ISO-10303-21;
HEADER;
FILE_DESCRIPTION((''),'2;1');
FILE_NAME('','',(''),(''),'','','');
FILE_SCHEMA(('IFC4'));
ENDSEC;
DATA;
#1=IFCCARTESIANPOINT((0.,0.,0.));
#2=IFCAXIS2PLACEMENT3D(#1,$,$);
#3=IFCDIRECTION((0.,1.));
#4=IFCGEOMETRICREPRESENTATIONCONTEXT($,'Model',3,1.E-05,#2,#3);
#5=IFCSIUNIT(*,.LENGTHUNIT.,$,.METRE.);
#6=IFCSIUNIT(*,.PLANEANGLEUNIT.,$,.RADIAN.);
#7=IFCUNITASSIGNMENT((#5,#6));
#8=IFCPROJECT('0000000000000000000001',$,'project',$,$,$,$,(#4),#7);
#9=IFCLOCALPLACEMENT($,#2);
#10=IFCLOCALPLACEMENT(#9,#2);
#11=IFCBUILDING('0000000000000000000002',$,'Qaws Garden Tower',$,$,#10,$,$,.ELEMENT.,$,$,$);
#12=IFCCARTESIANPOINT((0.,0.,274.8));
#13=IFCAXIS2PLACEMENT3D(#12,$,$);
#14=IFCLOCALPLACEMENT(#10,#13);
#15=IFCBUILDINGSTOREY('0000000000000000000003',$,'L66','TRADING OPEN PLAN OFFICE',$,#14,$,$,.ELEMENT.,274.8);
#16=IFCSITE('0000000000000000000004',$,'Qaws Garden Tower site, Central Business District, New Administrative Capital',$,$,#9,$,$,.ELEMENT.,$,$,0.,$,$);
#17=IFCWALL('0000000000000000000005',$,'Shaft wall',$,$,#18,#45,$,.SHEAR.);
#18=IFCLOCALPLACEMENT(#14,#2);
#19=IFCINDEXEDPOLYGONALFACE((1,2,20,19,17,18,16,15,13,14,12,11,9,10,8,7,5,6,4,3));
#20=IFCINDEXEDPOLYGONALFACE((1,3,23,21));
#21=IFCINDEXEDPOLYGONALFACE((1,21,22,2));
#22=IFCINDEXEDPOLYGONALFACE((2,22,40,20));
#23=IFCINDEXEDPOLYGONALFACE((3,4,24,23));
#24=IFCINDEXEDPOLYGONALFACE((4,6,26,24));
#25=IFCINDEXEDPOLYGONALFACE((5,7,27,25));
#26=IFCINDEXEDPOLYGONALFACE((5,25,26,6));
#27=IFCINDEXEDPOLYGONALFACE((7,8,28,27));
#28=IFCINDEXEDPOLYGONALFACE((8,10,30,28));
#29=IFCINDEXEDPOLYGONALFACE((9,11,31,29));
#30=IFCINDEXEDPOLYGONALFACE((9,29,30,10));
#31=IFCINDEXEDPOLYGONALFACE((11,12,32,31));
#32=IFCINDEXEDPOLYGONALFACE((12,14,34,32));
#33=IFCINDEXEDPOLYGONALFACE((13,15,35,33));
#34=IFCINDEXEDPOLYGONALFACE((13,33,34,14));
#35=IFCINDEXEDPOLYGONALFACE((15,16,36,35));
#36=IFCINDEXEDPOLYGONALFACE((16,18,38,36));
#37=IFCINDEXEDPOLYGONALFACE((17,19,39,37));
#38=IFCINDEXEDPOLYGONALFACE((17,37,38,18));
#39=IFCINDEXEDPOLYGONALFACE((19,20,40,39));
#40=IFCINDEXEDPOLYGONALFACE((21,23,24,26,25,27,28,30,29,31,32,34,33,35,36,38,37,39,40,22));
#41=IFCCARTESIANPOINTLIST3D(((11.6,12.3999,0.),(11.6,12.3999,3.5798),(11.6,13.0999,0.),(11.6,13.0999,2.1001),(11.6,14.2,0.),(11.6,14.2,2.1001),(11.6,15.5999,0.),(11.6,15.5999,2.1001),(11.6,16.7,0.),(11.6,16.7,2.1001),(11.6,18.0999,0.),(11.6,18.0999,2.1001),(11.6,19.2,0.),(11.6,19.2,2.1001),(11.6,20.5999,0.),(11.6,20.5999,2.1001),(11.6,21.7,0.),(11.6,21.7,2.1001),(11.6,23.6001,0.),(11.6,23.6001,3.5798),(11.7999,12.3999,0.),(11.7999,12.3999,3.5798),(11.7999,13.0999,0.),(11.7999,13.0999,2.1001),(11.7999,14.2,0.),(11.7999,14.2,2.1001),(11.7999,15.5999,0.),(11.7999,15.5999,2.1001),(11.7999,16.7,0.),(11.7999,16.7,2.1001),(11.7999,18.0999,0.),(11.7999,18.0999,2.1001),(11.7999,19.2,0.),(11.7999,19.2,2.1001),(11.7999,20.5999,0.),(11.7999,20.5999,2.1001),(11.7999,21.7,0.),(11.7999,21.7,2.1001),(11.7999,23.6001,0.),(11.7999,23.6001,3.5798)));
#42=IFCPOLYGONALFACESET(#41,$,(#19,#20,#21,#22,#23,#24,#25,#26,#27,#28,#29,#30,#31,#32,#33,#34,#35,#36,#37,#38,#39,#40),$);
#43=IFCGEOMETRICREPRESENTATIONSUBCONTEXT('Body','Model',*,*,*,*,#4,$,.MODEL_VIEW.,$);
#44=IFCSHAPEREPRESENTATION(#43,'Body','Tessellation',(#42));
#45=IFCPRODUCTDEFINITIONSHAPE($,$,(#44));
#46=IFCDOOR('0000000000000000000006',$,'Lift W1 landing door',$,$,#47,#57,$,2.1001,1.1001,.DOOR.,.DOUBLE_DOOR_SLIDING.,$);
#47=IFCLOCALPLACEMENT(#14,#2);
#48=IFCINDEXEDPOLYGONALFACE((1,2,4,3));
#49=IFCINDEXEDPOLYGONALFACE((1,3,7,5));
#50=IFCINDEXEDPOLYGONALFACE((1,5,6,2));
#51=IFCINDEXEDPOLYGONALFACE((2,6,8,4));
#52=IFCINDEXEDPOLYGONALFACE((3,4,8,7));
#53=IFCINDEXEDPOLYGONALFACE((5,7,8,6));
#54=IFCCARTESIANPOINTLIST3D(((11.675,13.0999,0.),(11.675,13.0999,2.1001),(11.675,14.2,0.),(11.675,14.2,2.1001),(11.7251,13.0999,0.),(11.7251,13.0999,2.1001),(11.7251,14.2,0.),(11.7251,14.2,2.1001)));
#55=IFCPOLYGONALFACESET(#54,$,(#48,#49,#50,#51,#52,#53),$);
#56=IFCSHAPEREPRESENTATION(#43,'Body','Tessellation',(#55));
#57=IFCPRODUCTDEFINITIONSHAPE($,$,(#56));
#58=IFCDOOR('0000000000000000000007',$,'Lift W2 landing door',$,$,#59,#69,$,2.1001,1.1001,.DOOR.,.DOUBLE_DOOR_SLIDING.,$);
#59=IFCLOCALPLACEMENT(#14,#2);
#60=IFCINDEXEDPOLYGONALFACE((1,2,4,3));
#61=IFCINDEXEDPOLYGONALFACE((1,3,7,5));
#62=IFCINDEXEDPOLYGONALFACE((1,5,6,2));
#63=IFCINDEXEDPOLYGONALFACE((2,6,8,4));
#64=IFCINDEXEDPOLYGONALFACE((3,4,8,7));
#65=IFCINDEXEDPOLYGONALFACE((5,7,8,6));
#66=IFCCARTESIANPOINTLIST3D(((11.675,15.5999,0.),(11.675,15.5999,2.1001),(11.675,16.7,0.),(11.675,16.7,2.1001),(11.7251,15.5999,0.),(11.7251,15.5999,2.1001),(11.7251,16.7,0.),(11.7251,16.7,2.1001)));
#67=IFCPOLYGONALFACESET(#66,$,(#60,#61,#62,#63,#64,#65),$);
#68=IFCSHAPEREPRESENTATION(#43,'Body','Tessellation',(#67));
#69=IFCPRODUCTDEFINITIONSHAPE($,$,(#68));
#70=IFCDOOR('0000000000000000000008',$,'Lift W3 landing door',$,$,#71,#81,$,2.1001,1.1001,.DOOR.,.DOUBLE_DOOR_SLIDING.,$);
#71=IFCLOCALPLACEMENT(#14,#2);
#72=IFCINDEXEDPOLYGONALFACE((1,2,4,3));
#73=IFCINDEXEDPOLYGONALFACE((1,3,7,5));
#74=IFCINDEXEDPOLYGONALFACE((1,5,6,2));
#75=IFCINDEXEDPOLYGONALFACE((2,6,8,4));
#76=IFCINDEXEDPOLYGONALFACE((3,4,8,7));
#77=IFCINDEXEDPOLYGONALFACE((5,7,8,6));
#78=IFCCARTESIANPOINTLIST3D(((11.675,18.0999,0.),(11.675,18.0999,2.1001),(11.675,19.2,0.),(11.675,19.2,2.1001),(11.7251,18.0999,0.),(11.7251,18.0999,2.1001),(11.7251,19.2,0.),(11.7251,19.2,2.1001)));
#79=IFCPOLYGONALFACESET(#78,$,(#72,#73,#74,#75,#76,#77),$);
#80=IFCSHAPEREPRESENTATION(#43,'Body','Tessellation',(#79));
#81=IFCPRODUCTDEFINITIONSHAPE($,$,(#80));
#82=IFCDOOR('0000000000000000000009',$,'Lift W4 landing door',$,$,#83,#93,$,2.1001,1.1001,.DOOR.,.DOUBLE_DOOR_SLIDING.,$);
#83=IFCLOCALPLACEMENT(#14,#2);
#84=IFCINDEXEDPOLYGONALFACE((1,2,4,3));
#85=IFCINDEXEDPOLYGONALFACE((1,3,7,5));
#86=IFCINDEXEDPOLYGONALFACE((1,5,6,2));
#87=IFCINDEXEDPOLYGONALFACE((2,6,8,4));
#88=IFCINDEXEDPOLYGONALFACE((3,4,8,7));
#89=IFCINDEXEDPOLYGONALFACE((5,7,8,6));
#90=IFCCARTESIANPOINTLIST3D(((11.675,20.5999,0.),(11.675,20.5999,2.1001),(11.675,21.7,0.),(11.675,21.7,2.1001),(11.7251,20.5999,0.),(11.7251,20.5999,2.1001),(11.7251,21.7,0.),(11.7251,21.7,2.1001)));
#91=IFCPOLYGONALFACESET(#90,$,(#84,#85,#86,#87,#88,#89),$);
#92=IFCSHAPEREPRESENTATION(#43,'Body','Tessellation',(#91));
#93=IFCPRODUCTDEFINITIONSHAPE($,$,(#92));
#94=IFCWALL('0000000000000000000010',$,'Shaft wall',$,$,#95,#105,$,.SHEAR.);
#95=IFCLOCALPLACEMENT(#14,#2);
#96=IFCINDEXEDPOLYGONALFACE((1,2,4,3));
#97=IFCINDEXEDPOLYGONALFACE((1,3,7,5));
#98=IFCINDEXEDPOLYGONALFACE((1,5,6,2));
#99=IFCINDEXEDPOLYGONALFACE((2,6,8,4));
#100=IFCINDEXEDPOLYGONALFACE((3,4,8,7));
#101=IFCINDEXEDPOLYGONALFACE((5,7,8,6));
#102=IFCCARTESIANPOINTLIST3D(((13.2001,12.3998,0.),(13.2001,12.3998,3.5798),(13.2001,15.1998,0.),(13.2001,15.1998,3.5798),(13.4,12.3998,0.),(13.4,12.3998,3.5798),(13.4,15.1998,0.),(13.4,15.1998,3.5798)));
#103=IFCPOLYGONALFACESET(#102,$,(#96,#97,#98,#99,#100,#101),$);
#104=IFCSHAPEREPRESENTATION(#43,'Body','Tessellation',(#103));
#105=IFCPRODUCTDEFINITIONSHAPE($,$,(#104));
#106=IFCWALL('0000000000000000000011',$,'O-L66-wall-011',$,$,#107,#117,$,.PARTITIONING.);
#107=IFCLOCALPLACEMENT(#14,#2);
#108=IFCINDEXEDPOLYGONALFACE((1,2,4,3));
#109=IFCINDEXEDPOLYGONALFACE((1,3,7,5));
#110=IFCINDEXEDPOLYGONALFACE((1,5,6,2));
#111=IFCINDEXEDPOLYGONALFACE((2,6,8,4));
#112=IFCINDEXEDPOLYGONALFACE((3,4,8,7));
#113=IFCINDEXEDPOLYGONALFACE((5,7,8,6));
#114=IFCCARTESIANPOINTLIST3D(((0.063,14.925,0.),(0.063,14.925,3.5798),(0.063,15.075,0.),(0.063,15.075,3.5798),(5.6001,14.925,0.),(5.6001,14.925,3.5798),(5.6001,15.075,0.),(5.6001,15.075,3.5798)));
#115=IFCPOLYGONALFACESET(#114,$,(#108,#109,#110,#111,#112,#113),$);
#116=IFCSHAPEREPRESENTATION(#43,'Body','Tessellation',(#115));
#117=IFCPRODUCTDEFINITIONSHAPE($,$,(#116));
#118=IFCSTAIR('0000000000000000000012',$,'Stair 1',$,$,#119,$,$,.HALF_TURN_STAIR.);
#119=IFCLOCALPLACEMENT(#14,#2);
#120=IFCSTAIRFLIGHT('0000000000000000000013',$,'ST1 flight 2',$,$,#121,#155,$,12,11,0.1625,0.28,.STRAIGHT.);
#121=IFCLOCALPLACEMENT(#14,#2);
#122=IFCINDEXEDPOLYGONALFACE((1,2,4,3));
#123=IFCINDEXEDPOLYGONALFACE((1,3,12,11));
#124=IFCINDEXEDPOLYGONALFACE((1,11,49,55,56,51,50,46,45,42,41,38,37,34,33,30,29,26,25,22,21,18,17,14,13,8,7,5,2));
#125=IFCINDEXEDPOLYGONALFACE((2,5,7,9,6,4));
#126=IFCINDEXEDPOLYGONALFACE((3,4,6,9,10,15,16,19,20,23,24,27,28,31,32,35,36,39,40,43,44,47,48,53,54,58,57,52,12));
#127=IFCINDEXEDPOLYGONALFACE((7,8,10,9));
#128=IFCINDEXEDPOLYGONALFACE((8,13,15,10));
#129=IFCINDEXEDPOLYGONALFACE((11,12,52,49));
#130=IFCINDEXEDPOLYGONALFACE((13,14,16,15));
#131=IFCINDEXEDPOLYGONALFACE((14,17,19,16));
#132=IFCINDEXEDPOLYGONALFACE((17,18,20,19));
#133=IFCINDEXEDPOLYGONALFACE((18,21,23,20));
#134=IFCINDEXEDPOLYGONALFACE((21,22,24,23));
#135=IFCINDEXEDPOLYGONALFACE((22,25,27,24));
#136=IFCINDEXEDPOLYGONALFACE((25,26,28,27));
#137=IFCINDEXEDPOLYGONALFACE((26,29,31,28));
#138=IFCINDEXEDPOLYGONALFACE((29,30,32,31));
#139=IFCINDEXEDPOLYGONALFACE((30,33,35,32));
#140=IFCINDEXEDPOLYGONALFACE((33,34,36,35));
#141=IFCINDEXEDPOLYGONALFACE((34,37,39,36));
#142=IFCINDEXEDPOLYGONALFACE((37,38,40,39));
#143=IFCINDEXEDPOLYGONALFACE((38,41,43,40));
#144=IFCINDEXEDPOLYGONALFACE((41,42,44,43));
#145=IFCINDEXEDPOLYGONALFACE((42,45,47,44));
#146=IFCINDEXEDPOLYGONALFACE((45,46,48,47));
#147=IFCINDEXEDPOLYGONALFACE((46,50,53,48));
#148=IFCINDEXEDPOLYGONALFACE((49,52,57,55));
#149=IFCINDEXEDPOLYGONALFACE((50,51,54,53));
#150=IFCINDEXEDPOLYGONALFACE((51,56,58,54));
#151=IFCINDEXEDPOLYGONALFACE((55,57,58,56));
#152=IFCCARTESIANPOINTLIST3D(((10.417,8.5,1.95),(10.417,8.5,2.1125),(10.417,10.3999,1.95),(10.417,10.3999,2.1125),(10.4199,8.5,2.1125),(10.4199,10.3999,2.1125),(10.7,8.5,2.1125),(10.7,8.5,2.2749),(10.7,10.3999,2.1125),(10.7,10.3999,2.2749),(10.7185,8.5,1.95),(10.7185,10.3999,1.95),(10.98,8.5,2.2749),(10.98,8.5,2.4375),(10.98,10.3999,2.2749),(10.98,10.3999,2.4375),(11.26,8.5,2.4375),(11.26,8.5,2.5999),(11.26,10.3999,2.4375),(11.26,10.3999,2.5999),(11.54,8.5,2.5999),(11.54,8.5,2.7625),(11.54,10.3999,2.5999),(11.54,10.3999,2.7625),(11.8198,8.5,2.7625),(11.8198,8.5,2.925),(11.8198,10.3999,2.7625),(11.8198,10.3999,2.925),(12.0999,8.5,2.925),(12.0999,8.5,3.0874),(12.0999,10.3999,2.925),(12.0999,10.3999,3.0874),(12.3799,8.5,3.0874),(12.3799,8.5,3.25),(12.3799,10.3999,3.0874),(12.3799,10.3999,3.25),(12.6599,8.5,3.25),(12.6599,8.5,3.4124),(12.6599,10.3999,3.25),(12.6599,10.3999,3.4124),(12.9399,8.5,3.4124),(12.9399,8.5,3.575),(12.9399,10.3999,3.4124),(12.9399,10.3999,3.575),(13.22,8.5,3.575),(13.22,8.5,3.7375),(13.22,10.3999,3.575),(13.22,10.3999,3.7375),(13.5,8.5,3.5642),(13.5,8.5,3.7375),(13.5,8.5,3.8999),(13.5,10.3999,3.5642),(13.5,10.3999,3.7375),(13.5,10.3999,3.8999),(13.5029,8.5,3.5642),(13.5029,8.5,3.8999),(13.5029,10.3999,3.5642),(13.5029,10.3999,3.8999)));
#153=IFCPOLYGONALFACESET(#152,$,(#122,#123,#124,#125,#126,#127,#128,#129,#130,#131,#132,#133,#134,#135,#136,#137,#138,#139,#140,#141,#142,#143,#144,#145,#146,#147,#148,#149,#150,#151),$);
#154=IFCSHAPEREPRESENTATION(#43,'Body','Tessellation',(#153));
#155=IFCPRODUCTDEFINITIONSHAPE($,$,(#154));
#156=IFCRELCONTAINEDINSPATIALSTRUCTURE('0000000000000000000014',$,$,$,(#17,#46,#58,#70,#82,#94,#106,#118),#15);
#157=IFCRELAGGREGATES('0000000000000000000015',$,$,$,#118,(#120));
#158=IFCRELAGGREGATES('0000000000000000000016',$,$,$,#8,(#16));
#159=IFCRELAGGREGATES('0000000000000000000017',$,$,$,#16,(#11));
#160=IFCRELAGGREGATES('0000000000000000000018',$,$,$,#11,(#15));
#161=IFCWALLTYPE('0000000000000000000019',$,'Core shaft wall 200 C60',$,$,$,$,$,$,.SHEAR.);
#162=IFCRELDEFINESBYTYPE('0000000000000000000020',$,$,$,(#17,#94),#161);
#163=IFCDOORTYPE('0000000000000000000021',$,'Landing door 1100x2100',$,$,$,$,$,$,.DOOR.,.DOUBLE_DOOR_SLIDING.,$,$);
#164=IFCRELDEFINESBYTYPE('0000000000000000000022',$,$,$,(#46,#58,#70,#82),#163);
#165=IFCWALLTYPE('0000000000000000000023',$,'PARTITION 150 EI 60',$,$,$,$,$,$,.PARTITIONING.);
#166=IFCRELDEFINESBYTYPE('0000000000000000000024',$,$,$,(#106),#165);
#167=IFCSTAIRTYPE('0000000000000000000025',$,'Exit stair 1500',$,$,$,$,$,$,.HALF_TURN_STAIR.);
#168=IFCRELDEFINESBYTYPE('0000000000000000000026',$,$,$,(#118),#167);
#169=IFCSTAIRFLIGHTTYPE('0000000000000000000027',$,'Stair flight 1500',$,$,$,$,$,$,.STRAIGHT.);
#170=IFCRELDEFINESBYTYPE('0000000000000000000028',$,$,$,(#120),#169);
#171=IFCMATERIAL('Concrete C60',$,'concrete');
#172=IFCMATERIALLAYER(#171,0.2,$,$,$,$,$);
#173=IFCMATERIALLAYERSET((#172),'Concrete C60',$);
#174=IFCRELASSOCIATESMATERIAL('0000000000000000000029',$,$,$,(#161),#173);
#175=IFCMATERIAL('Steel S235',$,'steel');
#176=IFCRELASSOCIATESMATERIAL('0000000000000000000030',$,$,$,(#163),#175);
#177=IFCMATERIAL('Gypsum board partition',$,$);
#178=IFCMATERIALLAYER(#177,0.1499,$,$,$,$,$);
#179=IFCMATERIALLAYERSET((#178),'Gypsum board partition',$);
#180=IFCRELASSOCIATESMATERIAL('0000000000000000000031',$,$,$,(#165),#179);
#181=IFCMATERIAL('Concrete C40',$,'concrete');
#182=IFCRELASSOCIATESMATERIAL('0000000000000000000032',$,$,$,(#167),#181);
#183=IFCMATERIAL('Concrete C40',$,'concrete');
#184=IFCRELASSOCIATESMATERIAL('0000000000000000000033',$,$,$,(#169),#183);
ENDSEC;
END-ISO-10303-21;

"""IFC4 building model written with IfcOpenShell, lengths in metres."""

from ifc_helpers import new_model, si_unit, direction, frame, frame_2d, origin, place, context, subcontext, project, spatial, polyline, rectangle, outline, extrude, material, layer, layer_set, type_object, element, fill, aggregate, save


model = new_model("IFC4")

# Units and contexts
model_context = context("Model", 3, precision=1e-05, world=origin(), true_north=direction((0.0, 1.0)))
body_context = subcontext(model_context, "Body", "Model", "MODEL_VIEW")
ifc_project = project(units=[si_unit("LENGTHUNIT", "METRE"), si_unit("PLANEANGLEUNIT", "RADIAN")], contexts=[model_context])

# Site, building, storey
site_placement = place(None, origin())
site = spatial("IfcSite", under=ifc_project, at=site_placement, Name="Qaws Garden Tower site, Central Business District, New Administrative Capital", CompositionType="ELEMENT", RefElevation=0.0)
building_placement = place(site_placement, origin())
building = spatial("IfcBuilding", under=site, at=building_placement, Name="Qaws Garden Tower", CompositionType="ELEMENT")
storey_placement = place(building_placement, frame((0.0, 0.0, 274.8)))
storey = spatial("IfcBuildingStorey", under=building, at=storey_placement, Name="L66", Description="TRADING OPEN PLAN OFFICE", CompositionType="ELEMENT", Elevation=274.8)

# Shared definitions
ifc_material_1 = material(Name="Concrete C60", Category="concrete")
ifc_layer_1 = layer(ifc_material_1, 0.2)
ifc_layer_set_1 = layer_set([ifc_layer_1], Name="Concrete C60")
wall_type_1 = type_object("IfcWallType", Name="Core shaft wall 200 C60", PredefinedType="SHEAR", material=ifc_layer_set_1)

# Wall, openings, doors
wall_1_placement = place(storey_placement, frame((11.7, 12.3999, 0.0), z_axis=(0.0, 0.0, 1.0), x_axis=(0.0, 1.0, 0.0)))
wall_1 = element("IfcWall", 1, at=wall_1_placement, inside=storey, type_object=wall_type_1, Name="Shaft wall", PredefinedType="SHEAR", context=body_context, shape_type="SweptSolid", body=[
    extrude(rectangle(XDim=11.2002, YDim=0.2, at=frame_2d((5.6001, 0.0))), origin(), (0.0, 0.0, 1.0), 3.5798),
])
opening_1_placement = place(wall_1_placement, frame((0.7, 0.0, 0.0)))
opening_1 = element("IfcOpeningElement", 2, at=opening_1_placement, cuts=wall_1, PredefinedType="OPENING", context=body_context, shape_type="SweptSolid", body=[
    extrude(rectangle(XDim=1.1001, YDim=2.1001, at=frame_2d((0.55, 1.05))), frame((0.0, 0.1099, 0.0), z_axis=(0.0, -1.0, 0.0), x_axis=(1.0, 0.0, 0.0)), (0.0, 0.0, 1.0), 0.22),
])
opening_2_placement = place(wall_1_placement, frame((3.2, 0.0, 0.0)))
opening_2 = element("IfcOpeningElement", 3, at=opening_2_placement, cuts=wall_1, PredefinedType="OPENING", context=body_context, shape_type="SweptSolid", body=[
    extrude(rectangle(XDim=1.1001, YDim=2.1001, at=frame_2d((0.55, 1.05))), frame((0.0, 0.1099, 0.0), z_axis=(0.0, -1.0, 0.0), x_axis=(1.0, 0.0, 0.0)), (0.0, 0.0, 1.0), 0.22),
])
opening_3_placement = place(wall_1_placement, frame((5.7, 0.0, 0.0)))
opening_3 = element("IfcOpeningElement", 4, at=opening_3_placement, cuts=wall_1, PredefinedType="OPENING", context=body_context, shape_type="SweptSolid", body=[
    extrude(rectangle(XDim=1.1001, YDim=2.1001, at=frame_2d((0.55, 1.05))), frame((0.0, 0.1099, 0.0), z_axis=(0.0, -1.0, 0.0), x_axis=(1.0, 0.0, 0.0)), (0.0, 0.0, 1.0), 0.22),
])
opening_4_placement = place(wall_1_placement, frame((8.2, 0.0, 0.0)))
opening_4 = element("IfcOpeningElement", 5, at=opening_4_placement, cuts=wall_1, PredefinedType="OPENING", context=body_context, shape_type="SweptSolid", body=[
    extrude(rectangle(XDim=1.1001, YDim=2.1001, at=frame_2d((0.55, 1.05))), frame((0.0, 0.1099, 0.0), z_axis=(0.0, -1.0, 0.0), x_axis=(1.0, 0.0, 0.0)), (0.0, 0.0, 1.0), 0.22),
])
ifc_material_2 = material(Name="Steel S235", Category="steel")
door_type = type_object("IfcDoorType", Name="Landing door 1100x2100", OperationType="DOUBLE_DOOR_SLIDING", PredefinedType="DOOR", material=ifc_material_2)
door_1_placement = place(opening_1_placement, origin())
door_1 = element("IfcDoor", 6, at=door_1_placement, inside=storey, type_object=door_type, Name="Lift W1 landing door", OperationType="DOUBLE_DOOR_SLIDING", OverallHeight=2.1001, OverallWidth=1.1001, PredefinedType="DOOR", context=body_context, shape_type="SweptSolid", body=[
    extrude(rectangle(XDim=1.1001, YDim=2.1001, at=frame_2d((0.55, 1.05))), frame((0.0, 0.0249, 0.0), z_axis=(0.0, -1.0, 0.0), x_axis=(1.0, 0.0, 0.0)), (0.0, 0.0, 1.0), 0.05),
])
fill(opening_1, door_1)
door_2_placement = place(opening_2_placement, origin())
door_2 = element("IfcDoor", 7, at=door_2_placement, inside=storey, type_object=door_type, Name="Lift W2 landing door", OperationType="DOUBLE_DOOR_SLIDING", OverallHeight=2.1001, OverallWidth=1.1001, PredefinedType="DOOR", context=body_context, shape_type="SweptSolid", body=[
    extrude(rectangle(XDim=1.1001, YDim=2.1001, at=frame_2d((0.55, 1.05))), frame((0.0, 0.0249, 0.0), z_axis=(0.0, -1.0, 0.0), x_axis=(1.0, 0.0, 0.0)), (0.0, 0.0, 1.0), 0.05),
])
fill(opening_2, door_2)
door_3_placement = place(opening_3_placement, origin())
door_3 = element("IfcDoor", 8, at=door_3_placement, inside=storey, type_object=door_type, Name="Lift W3 landing door", OperationType="DOUBLE_DOOR_SLIDING", OverallHeight=2.1001, OverallWidth=1.1001, PredefinedType="DOOR", context=body_context, shape_type="SweptSolid", body=[
    extrude(rectangle(XDim=1.1001, YDim=2.1001, at=frame_2d((0.55, 1.05))), frame((0.0, 0.0249, 0.0), z_axis=(0.0, -1.0, 0.0), x_axis=(1.0, 0.0, 0.0)), (0.0, 0.0, 1.0), 0.05),
])
fill(opening_3, door_3)
door_4_placement = place(opening_4_placement, origin())
door_4 = element("IfcDoor", 9, at=door_4_placement, inside=storey, type_object=door_type, Name="Lift W4 landing door", OperationType="DOUBLE_DOOR_SLIDING", OverallHeight=2.1001, OverallWidth=1.1001, PredefinedType="DOOR", context=body_context, shape_type="SweptSolid", body=[
    extrude(rectangle(XDim=1.1001, YDim=2.1001, at=frame_2d((0.55, 1.05))), frame((0.0, 0.0249, 0.0), z_axis=(0.0, -1.0, 0.0), x_axis=(1.0, 0.0, 0.0)), (0.0, 0.0, 1.0), 0.05),
])
fill(opening_4, door_4)

# Walls
wall_2_placement = place(storey_placement, frame((13.3, 12.3999, 0.0), z_axis=(0.0, 0.0, 1.0), x_axis=(0.0, 1.0, 0.0)))
element("IfcWall", 10, at=wall_2_placement, inside=storey, type_object=wall_type_1, Name="Shaft wall", PredefinedType="SHEAR", context=body_context, shape_type="SweptSolid", body=[
    extrude(rectangle(XDim=2.8, YDim=0.2, at=frame_2d((1.3999, 0.0))), origin(), (0.0, 0.0, 1.0), 3.5798),
])
ifc_material_3 = material(Name="Gypsum board partition")
ifc_layer_2 = layer(ifc_material_3, 0.1499)
ifc_layer_set_2 = layer_set([ifc_layer_2], Name="Gypsum board partition")
wall_type_2 = type_object("IfcWallType", Name="PARTITION 150 EI 60", PredefinedType="PARTITIONING", material=ifc_layer_set_2)
wall_3_placement = place(storey_placement, frame((0.063, 15.0, 0.0), z_axis=(0.0, 0.0, 1.0), x_axis=(1.0, 0.0, 0.0)))
element("IfcWall", 11, at=wall_3_placement, inside=storey, type_object=wall_type_2, Name="O-L66-wall-011", PredefinedType="PARTITIONING", context=body_context, shape_type="SweptSolid", body=[
    extrude(rectangle(XDim=5.5371, YDim=0.1499, at=frame_2d((2.7686, 0.0))), origin(), (0.0, 0.0, 1.0), 3.5798),
])

# Stair, stair flight
ifc_material_4 = material(Name="Concrete C40", Category="concrete")
stair_type = type_object("IfcStairType", Name="Exit stair 1500", PredefinedType="HALF_TURN_STAIR", material=ifc_material_4)
stair_placement = place(storey_placement, origin())
stair = element("IfcStair", 12, at=stair_placement, inside=storey, type_object=stair_type, Name="Stair 1", PredefinedType="HALF_TURN_STAIR")
ifc_material_5 = material(Name="Concrete C40", Category="concrete")
stair_flight_type = type_object("IfcStairFlightType", Name="Stair flight 1500", PredefinedType="STRAIGHT", material=ifc_material_5)
stair_flight_placement = place(storey_placement, frame((10.4199, 9.45, 1.95), z_axis=(0.0, 0.0, 1.0), x_axis=(1.0, 0.0, 0.0)))
stair_flight = element("IfcStairFlight", 13, at=stair_flight_placement, type_object=stair_flight_type, Name="ST1 flight 2", NumberOfRisers=12, NumberOfTreads=11, PredefinedType="STRAIGHT", RiserHeight=0.1625, TreadLength=0.28, context=body_context, shape_type="SweptSolid", body=[
    extrude(outline(polyline([(-0.0029, 0.0), (-0.0029, 0.1626), (0.0, 0.1626), (0.28, 0.1626), (0.28, 0.325), (0.5601, 0.325), (0.5601, 0.4875), (0.8401, 0.4875), (0.8401, 0.6499), (1.1201, 0.6499), (1.1201, 0.8125), (1.3999, 0.8125), (1.3999, 0.9751), (1.6799, 0.9751), (1.6799, 1.1375), (1.96, 1.1375), (1.96, 1.3), (2.24, 1.3), (2.24, 1.4624), (2.52, 1.4624), (2.52, 1.625), (2.8, 1.625), (2.8, 1.7876), (3.0801, 1.7876), (3.0801, 1.95), (3.083, 1.95), (3.083, 1.6143), (3.0801, 1.6143), (0.2986, 0.0), (-0.0029, 0.0)])), frame((0.0, 0.95, 0.0), z_axis=(0.0, -1.0, 0.0), x_axis=(1.0, 0.0, 0.0)), (0.0, 0.0, 1.0), 1.8999),
])
aggregate(stair, [stair_flight])

save(model, "model.ifc")
